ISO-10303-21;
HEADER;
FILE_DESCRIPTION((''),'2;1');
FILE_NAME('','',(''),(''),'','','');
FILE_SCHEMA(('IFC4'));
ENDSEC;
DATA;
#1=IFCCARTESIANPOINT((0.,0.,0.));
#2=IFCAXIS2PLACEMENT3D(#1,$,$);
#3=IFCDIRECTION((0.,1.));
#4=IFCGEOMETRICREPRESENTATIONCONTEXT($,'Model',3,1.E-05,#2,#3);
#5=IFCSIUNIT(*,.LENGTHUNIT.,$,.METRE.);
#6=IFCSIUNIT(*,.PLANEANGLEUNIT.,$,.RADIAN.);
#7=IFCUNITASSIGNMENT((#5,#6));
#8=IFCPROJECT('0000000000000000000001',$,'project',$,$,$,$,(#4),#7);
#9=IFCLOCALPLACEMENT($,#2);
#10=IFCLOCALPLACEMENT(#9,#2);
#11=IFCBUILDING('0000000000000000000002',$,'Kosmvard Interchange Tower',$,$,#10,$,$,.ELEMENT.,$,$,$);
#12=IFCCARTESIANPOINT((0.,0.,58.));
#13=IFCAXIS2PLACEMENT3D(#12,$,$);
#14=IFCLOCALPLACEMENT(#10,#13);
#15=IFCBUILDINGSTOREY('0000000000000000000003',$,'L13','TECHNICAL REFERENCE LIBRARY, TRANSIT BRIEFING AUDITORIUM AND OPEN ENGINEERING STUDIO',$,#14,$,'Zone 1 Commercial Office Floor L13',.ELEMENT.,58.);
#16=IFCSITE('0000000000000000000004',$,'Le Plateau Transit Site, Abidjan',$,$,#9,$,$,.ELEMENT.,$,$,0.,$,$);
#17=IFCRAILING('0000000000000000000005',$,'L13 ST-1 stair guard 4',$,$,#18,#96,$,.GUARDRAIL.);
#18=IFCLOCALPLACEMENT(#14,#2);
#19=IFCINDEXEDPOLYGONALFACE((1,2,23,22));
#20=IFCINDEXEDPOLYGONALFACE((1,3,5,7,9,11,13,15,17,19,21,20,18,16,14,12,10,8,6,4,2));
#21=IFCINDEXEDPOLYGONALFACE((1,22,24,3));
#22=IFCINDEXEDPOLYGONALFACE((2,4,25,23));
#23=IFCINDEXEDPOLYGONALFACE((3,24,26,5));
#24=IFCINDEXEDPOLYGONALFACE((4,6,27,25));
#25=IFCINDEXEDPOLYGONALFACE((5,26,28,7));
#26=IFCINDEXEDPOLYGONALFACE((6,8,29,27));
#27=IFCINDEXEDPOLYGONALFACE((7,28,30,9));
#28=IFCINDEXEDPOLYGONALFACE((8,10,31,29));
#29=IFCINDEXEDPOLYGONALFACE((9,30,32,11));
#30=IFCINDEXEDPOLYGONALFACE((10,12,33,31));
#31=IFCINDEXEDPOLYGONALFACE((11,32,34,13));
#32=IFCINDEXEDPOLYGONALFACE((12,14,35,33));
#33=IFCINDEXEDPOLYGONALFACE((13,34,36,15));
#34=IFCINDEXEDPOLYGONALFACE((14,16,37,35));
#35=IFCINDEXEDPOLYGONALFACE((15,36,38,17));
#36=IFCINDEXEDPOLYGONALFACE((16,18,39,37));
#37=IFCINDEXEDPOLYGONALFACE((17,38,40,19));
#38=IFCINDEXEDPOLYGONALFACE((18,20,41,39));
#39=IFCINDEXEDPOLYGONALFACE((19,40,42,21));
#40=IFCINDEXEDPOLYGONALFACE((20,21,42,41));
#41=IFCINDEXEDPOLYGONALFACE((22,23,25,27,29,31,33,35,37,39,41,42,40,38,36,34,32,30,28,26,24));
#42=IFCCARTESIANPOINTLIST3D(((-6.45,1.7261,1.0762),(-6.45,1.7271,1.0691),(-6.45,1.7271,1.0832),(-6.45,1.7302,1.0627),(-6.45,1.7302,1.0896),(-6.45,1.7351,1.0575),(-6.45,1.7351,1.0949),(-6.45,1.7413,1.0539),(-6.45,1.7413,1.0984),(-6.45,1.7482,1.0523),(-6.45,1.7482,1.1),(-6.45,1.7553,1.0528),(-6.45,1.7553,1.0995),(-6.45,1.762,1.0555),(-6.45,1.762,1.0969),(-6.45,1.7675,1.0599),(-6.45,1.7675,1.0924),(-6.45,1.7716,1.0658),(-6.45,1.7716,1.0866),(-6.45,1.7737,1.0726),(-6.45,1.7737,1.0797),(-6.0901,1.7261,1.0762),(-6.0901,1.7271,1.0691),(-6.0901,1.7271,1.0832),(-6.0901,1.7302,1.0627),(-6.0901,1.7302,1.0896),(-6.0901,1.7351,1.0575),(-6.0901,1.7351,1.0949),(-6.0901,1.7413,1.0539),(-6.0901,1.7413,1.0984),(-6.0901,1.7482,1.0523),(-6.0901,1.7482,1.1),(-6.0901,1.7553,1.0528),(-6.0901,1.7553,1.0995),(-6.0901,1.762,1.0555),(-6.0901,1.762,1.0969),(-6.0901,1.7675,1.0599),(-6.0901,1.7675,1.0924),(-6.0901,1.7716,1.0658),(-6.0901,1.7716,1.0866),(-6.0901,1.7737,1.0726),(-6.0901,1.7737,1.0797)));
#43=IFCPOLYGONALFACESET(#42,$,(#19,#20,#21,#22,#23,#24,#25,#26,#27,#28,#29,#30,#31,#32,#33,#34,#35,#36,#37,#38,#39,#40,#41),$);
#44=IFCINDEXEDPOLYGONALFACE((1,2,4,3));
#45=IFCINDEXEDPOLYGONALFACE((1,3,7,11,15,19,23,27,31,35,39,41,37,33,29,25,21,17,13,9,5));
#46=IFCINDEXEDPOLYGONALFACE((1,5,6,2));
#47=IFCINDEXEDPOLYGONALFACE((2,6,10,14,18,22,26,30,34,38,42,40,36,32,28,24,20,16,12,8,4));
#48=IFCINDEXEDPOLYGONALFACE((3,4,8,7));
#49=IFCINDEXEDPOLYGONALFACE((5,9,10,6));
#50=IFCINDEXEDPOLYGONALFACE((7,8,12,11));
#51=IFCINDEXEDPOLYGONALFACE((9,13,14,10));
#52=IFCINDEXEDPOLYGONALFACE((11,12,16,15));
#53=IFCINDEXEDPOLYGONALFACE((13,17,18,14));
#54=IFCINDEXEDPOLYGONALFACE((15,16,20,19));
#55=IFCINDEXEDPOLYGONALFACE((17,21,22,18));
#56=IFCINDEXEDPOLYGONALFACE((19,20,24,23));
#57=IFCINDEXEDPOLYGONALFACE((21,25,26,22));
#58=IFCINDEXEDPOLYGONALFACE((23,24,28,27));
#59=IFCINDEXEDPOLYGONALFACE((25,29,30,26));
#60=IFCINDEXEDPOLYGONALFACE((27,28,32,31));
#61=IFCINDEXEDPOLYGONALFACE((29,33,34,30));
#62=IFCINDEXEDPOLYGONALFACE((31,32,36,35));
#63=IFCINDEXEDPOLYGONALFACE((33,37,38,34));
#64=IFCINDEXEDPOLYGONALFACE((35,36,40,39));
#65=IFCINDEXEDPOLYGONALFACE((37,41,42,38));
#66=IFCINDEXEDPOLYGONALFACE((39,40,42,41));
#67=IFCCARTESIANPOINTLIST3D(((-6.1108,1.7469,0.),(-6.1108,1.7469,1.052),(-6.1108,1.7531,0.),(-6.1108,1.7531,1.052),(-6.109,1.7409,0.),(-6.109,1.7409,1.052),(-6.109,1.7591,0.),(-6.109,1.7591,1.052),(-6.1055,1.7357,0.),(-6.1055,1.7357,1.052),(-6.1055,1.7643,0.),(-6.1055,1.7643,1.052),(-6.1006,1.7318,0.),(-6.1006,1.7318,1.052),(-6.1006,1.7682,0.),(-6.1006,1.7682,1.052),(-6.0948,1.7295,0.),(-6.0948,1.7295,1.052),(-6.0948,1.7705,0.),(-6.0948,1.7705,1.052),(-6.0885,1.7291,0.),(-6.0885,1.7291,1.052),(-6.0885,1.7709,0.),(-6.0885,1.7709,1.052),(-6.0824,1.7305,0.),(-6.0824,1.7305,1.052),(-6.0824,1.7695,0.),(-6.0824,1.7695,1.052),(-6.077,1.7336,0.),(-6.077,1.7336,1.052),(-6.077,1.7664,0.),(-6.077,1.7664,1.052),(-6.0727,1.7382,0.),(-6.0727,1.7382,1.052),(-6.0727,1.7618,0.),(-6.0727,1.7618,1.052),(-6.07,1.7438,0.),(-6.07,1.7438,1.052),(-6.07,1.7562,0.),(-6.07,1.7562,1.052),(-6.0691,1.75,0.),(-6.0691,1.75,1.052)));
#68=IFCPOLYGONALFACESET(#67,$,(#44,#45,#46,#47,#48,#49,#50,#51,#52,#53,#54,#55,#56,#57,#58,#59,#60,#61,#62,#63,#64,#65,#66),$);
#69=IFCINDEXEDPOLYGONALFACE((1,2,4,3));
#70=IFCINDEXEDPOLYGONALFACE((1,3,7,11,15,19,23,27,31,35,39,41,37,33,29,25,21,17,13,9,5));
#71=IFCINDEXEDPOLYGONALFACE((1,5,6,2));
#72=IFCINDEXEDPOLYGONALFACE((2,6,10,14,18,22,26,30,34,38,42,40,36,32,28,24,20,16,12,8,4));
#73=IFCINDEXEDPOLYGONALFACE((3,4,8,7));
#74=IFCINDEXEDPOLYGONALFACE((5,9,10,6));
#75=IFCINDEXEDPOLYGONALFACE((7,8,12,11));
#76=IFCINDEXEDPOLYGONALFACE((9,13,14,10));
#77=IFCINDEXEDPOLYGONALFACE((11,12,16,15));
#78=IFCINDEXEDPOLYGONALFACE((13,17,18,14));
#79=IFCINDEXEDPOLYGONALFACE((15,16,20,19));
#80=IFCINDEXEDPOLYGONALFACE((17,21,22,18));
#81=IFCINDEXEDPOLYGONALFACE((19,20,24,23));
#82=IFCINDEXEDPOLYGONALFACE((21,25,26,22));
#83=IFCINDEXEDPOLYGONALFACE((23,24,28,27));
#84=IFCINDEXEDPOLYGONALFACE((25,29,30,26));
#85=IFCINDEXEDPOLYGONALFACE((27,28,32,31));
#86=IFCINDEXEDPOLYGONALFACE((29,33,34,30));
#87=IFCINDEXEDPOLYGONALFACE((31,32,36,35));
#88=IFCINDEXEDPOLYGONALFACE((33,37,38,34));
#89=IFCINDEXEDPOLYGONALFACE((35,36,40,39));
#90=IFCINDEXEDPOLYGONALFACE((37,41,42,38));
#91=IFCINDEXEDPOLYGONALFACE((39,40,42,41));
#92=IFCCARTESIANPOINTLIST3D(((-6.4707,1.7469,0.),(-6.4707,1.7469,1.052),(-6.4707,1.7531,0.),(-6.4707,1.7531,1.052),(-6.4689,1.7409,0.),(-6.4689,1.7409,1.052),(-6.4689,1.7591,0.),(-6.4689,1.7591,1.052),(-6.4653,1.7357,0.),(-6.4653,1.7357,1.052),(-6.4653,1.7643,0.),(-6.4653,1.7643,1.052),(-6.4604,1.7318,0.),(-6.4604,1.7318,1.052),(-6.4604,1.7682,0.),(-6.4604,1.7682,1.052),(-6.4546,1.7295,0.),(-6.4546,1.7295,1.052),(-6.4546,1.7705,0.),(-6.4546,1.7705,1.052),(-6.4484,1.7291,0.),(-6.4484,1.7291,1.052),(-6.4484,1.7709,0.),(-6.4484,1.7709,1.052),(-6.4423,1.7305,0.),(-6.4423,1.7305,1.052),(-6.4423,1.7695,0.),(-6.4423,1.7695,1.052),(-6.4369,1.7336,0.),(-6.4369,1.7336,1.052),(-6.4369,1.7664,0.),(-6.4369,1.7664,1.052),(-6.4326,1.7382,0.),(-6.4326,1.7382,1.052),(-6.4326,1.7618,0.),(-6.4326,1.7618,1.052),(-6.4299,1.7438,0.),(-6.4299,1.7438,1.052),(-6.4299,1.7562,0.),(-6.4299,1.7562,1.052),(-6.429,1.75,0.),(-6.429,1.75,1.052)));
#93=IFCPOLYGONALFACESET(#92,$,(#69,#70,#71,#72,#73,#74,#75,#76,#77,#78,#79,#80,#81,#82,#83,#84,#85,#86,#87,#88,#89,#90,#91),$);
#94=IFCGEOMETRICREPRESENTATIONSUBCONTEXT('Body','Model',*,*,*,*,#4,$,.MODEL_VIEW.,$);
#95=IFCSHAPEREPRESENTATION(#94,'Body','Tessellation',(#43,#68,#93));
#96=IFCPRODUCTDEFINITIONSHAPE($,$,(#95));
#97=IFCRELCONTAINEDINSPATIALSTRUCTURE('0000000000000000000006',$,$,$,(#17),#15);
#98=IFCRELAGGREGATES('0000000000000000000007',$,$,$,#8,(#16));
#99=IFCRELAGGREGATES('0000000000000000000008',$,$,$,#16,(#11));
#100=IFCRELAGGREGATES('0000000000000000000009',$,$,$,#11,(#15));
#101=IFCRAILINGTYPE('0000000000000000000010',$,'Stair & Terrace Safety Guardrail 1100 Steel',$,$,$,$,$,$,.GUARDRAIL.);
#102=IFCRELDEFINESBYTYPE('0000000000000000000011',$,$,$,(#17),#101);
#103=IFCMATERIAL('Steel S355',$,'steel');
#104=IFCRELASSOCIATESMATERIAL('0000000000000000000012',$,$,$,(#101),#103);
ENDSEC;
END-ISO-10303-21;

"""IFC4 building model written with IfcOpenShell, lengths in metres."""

from ifc_helpers import new_model, si_unit, direction, frame, origin, origin_2d, place, context, subcontext, project, spatial, circle, extrude, source, transform, mapped, material, type_object, element, save


model = new_model("IFC4")

# Units and contexts
model_context = context("Model", 3, precision=1e-05, world=origin(), true_north=direction((0.0, 1.0)))
body_context = subcontext(model_context, "Body", "Model", "MODEL_VIEW")
ifc_project = project(units=[si_unit("LENGTHUNIT", "METRE"), si_unit("PLANEANGLEUNIT", "RADIAN")], contexts=[model_context])

# Site, building, storey
site_placement = place(None, origin())
site = spatial("IfcSite", under=ifc_project, at=site_placement, Name="Le Plateau Transit Site, Abidjan", CompositionType="ELEMENT", RefElevation=0.0)
building_placement = place(site_placement, origin())
building = spatial("IfcBuilding", under=site, at=building_placement, Name="Kosmvard Interchange Tower", CompositionType="ELEMENT")
storey_placement = place(building_placement, frame((0.0, 0.0, 58.0)))
storey = spatial("IfcBuildingStorey", under=building, at=storey_placement, Name="L13", Description="TECHNICAL REFERENCE LIBRARY, TRANSIT BRIEFING AUDITORIUM AND OPEN ENGINEERING STUDIO", LongName="Zone 1 Commercial Office Floor L13", CompositionType="ELEMENT", Elevation=58.0)

# Shared definitions
ifc_material_1 = material(Name="Steel S355", Category="steel")

# Railing
railing_type_1 = type_object("IfcRailingType", Name="Stair & Terrace Safety Guardrail 1100 Steel", PredefinedType="GUARDRAIL", material=ifc_material_1)
shared_shape_1 = source(origin(), body_context, "Body", "SweptSolid", [
    extrude(circle(Radius=0.0239, at=origin_2d()), frame((0.0, 0.0, 1.0762), z_axis=(-1.0, 0.0, 0.0), x_axis=(0.0, -1.0, 0.0)), (0.0, 0.0, 1.0), 0.3599),
    extrude(circle(Radius=0.021, at=origin_2d()), origin(), (0.0, 0.0, 1.0), 1.052),
    extrude(circle(Radius=0.021, at=origin_2d()), frame((-0.3599, 0.0, 0.0)), (0.0, 0.0, 1.0), 1.052),
])
for number, where, name in (
    (1, (-6.0901, 1.75, 0.0), "L13 ST-1 stair guard 4"),
):
    element("IfcRailing", number, at=place(storey_placement, frame(where)), inside=storey, type_object=railing_type_1, Name=name, PredefinedType="GUARDRAIL", context=body_context, shape_type="MappedRepresentation", body=[
        mapped(shared_shape_1, transform((0.0, 0.0, 0.0), scale=1.0)),
    ])

save(model, "model.ifc")
